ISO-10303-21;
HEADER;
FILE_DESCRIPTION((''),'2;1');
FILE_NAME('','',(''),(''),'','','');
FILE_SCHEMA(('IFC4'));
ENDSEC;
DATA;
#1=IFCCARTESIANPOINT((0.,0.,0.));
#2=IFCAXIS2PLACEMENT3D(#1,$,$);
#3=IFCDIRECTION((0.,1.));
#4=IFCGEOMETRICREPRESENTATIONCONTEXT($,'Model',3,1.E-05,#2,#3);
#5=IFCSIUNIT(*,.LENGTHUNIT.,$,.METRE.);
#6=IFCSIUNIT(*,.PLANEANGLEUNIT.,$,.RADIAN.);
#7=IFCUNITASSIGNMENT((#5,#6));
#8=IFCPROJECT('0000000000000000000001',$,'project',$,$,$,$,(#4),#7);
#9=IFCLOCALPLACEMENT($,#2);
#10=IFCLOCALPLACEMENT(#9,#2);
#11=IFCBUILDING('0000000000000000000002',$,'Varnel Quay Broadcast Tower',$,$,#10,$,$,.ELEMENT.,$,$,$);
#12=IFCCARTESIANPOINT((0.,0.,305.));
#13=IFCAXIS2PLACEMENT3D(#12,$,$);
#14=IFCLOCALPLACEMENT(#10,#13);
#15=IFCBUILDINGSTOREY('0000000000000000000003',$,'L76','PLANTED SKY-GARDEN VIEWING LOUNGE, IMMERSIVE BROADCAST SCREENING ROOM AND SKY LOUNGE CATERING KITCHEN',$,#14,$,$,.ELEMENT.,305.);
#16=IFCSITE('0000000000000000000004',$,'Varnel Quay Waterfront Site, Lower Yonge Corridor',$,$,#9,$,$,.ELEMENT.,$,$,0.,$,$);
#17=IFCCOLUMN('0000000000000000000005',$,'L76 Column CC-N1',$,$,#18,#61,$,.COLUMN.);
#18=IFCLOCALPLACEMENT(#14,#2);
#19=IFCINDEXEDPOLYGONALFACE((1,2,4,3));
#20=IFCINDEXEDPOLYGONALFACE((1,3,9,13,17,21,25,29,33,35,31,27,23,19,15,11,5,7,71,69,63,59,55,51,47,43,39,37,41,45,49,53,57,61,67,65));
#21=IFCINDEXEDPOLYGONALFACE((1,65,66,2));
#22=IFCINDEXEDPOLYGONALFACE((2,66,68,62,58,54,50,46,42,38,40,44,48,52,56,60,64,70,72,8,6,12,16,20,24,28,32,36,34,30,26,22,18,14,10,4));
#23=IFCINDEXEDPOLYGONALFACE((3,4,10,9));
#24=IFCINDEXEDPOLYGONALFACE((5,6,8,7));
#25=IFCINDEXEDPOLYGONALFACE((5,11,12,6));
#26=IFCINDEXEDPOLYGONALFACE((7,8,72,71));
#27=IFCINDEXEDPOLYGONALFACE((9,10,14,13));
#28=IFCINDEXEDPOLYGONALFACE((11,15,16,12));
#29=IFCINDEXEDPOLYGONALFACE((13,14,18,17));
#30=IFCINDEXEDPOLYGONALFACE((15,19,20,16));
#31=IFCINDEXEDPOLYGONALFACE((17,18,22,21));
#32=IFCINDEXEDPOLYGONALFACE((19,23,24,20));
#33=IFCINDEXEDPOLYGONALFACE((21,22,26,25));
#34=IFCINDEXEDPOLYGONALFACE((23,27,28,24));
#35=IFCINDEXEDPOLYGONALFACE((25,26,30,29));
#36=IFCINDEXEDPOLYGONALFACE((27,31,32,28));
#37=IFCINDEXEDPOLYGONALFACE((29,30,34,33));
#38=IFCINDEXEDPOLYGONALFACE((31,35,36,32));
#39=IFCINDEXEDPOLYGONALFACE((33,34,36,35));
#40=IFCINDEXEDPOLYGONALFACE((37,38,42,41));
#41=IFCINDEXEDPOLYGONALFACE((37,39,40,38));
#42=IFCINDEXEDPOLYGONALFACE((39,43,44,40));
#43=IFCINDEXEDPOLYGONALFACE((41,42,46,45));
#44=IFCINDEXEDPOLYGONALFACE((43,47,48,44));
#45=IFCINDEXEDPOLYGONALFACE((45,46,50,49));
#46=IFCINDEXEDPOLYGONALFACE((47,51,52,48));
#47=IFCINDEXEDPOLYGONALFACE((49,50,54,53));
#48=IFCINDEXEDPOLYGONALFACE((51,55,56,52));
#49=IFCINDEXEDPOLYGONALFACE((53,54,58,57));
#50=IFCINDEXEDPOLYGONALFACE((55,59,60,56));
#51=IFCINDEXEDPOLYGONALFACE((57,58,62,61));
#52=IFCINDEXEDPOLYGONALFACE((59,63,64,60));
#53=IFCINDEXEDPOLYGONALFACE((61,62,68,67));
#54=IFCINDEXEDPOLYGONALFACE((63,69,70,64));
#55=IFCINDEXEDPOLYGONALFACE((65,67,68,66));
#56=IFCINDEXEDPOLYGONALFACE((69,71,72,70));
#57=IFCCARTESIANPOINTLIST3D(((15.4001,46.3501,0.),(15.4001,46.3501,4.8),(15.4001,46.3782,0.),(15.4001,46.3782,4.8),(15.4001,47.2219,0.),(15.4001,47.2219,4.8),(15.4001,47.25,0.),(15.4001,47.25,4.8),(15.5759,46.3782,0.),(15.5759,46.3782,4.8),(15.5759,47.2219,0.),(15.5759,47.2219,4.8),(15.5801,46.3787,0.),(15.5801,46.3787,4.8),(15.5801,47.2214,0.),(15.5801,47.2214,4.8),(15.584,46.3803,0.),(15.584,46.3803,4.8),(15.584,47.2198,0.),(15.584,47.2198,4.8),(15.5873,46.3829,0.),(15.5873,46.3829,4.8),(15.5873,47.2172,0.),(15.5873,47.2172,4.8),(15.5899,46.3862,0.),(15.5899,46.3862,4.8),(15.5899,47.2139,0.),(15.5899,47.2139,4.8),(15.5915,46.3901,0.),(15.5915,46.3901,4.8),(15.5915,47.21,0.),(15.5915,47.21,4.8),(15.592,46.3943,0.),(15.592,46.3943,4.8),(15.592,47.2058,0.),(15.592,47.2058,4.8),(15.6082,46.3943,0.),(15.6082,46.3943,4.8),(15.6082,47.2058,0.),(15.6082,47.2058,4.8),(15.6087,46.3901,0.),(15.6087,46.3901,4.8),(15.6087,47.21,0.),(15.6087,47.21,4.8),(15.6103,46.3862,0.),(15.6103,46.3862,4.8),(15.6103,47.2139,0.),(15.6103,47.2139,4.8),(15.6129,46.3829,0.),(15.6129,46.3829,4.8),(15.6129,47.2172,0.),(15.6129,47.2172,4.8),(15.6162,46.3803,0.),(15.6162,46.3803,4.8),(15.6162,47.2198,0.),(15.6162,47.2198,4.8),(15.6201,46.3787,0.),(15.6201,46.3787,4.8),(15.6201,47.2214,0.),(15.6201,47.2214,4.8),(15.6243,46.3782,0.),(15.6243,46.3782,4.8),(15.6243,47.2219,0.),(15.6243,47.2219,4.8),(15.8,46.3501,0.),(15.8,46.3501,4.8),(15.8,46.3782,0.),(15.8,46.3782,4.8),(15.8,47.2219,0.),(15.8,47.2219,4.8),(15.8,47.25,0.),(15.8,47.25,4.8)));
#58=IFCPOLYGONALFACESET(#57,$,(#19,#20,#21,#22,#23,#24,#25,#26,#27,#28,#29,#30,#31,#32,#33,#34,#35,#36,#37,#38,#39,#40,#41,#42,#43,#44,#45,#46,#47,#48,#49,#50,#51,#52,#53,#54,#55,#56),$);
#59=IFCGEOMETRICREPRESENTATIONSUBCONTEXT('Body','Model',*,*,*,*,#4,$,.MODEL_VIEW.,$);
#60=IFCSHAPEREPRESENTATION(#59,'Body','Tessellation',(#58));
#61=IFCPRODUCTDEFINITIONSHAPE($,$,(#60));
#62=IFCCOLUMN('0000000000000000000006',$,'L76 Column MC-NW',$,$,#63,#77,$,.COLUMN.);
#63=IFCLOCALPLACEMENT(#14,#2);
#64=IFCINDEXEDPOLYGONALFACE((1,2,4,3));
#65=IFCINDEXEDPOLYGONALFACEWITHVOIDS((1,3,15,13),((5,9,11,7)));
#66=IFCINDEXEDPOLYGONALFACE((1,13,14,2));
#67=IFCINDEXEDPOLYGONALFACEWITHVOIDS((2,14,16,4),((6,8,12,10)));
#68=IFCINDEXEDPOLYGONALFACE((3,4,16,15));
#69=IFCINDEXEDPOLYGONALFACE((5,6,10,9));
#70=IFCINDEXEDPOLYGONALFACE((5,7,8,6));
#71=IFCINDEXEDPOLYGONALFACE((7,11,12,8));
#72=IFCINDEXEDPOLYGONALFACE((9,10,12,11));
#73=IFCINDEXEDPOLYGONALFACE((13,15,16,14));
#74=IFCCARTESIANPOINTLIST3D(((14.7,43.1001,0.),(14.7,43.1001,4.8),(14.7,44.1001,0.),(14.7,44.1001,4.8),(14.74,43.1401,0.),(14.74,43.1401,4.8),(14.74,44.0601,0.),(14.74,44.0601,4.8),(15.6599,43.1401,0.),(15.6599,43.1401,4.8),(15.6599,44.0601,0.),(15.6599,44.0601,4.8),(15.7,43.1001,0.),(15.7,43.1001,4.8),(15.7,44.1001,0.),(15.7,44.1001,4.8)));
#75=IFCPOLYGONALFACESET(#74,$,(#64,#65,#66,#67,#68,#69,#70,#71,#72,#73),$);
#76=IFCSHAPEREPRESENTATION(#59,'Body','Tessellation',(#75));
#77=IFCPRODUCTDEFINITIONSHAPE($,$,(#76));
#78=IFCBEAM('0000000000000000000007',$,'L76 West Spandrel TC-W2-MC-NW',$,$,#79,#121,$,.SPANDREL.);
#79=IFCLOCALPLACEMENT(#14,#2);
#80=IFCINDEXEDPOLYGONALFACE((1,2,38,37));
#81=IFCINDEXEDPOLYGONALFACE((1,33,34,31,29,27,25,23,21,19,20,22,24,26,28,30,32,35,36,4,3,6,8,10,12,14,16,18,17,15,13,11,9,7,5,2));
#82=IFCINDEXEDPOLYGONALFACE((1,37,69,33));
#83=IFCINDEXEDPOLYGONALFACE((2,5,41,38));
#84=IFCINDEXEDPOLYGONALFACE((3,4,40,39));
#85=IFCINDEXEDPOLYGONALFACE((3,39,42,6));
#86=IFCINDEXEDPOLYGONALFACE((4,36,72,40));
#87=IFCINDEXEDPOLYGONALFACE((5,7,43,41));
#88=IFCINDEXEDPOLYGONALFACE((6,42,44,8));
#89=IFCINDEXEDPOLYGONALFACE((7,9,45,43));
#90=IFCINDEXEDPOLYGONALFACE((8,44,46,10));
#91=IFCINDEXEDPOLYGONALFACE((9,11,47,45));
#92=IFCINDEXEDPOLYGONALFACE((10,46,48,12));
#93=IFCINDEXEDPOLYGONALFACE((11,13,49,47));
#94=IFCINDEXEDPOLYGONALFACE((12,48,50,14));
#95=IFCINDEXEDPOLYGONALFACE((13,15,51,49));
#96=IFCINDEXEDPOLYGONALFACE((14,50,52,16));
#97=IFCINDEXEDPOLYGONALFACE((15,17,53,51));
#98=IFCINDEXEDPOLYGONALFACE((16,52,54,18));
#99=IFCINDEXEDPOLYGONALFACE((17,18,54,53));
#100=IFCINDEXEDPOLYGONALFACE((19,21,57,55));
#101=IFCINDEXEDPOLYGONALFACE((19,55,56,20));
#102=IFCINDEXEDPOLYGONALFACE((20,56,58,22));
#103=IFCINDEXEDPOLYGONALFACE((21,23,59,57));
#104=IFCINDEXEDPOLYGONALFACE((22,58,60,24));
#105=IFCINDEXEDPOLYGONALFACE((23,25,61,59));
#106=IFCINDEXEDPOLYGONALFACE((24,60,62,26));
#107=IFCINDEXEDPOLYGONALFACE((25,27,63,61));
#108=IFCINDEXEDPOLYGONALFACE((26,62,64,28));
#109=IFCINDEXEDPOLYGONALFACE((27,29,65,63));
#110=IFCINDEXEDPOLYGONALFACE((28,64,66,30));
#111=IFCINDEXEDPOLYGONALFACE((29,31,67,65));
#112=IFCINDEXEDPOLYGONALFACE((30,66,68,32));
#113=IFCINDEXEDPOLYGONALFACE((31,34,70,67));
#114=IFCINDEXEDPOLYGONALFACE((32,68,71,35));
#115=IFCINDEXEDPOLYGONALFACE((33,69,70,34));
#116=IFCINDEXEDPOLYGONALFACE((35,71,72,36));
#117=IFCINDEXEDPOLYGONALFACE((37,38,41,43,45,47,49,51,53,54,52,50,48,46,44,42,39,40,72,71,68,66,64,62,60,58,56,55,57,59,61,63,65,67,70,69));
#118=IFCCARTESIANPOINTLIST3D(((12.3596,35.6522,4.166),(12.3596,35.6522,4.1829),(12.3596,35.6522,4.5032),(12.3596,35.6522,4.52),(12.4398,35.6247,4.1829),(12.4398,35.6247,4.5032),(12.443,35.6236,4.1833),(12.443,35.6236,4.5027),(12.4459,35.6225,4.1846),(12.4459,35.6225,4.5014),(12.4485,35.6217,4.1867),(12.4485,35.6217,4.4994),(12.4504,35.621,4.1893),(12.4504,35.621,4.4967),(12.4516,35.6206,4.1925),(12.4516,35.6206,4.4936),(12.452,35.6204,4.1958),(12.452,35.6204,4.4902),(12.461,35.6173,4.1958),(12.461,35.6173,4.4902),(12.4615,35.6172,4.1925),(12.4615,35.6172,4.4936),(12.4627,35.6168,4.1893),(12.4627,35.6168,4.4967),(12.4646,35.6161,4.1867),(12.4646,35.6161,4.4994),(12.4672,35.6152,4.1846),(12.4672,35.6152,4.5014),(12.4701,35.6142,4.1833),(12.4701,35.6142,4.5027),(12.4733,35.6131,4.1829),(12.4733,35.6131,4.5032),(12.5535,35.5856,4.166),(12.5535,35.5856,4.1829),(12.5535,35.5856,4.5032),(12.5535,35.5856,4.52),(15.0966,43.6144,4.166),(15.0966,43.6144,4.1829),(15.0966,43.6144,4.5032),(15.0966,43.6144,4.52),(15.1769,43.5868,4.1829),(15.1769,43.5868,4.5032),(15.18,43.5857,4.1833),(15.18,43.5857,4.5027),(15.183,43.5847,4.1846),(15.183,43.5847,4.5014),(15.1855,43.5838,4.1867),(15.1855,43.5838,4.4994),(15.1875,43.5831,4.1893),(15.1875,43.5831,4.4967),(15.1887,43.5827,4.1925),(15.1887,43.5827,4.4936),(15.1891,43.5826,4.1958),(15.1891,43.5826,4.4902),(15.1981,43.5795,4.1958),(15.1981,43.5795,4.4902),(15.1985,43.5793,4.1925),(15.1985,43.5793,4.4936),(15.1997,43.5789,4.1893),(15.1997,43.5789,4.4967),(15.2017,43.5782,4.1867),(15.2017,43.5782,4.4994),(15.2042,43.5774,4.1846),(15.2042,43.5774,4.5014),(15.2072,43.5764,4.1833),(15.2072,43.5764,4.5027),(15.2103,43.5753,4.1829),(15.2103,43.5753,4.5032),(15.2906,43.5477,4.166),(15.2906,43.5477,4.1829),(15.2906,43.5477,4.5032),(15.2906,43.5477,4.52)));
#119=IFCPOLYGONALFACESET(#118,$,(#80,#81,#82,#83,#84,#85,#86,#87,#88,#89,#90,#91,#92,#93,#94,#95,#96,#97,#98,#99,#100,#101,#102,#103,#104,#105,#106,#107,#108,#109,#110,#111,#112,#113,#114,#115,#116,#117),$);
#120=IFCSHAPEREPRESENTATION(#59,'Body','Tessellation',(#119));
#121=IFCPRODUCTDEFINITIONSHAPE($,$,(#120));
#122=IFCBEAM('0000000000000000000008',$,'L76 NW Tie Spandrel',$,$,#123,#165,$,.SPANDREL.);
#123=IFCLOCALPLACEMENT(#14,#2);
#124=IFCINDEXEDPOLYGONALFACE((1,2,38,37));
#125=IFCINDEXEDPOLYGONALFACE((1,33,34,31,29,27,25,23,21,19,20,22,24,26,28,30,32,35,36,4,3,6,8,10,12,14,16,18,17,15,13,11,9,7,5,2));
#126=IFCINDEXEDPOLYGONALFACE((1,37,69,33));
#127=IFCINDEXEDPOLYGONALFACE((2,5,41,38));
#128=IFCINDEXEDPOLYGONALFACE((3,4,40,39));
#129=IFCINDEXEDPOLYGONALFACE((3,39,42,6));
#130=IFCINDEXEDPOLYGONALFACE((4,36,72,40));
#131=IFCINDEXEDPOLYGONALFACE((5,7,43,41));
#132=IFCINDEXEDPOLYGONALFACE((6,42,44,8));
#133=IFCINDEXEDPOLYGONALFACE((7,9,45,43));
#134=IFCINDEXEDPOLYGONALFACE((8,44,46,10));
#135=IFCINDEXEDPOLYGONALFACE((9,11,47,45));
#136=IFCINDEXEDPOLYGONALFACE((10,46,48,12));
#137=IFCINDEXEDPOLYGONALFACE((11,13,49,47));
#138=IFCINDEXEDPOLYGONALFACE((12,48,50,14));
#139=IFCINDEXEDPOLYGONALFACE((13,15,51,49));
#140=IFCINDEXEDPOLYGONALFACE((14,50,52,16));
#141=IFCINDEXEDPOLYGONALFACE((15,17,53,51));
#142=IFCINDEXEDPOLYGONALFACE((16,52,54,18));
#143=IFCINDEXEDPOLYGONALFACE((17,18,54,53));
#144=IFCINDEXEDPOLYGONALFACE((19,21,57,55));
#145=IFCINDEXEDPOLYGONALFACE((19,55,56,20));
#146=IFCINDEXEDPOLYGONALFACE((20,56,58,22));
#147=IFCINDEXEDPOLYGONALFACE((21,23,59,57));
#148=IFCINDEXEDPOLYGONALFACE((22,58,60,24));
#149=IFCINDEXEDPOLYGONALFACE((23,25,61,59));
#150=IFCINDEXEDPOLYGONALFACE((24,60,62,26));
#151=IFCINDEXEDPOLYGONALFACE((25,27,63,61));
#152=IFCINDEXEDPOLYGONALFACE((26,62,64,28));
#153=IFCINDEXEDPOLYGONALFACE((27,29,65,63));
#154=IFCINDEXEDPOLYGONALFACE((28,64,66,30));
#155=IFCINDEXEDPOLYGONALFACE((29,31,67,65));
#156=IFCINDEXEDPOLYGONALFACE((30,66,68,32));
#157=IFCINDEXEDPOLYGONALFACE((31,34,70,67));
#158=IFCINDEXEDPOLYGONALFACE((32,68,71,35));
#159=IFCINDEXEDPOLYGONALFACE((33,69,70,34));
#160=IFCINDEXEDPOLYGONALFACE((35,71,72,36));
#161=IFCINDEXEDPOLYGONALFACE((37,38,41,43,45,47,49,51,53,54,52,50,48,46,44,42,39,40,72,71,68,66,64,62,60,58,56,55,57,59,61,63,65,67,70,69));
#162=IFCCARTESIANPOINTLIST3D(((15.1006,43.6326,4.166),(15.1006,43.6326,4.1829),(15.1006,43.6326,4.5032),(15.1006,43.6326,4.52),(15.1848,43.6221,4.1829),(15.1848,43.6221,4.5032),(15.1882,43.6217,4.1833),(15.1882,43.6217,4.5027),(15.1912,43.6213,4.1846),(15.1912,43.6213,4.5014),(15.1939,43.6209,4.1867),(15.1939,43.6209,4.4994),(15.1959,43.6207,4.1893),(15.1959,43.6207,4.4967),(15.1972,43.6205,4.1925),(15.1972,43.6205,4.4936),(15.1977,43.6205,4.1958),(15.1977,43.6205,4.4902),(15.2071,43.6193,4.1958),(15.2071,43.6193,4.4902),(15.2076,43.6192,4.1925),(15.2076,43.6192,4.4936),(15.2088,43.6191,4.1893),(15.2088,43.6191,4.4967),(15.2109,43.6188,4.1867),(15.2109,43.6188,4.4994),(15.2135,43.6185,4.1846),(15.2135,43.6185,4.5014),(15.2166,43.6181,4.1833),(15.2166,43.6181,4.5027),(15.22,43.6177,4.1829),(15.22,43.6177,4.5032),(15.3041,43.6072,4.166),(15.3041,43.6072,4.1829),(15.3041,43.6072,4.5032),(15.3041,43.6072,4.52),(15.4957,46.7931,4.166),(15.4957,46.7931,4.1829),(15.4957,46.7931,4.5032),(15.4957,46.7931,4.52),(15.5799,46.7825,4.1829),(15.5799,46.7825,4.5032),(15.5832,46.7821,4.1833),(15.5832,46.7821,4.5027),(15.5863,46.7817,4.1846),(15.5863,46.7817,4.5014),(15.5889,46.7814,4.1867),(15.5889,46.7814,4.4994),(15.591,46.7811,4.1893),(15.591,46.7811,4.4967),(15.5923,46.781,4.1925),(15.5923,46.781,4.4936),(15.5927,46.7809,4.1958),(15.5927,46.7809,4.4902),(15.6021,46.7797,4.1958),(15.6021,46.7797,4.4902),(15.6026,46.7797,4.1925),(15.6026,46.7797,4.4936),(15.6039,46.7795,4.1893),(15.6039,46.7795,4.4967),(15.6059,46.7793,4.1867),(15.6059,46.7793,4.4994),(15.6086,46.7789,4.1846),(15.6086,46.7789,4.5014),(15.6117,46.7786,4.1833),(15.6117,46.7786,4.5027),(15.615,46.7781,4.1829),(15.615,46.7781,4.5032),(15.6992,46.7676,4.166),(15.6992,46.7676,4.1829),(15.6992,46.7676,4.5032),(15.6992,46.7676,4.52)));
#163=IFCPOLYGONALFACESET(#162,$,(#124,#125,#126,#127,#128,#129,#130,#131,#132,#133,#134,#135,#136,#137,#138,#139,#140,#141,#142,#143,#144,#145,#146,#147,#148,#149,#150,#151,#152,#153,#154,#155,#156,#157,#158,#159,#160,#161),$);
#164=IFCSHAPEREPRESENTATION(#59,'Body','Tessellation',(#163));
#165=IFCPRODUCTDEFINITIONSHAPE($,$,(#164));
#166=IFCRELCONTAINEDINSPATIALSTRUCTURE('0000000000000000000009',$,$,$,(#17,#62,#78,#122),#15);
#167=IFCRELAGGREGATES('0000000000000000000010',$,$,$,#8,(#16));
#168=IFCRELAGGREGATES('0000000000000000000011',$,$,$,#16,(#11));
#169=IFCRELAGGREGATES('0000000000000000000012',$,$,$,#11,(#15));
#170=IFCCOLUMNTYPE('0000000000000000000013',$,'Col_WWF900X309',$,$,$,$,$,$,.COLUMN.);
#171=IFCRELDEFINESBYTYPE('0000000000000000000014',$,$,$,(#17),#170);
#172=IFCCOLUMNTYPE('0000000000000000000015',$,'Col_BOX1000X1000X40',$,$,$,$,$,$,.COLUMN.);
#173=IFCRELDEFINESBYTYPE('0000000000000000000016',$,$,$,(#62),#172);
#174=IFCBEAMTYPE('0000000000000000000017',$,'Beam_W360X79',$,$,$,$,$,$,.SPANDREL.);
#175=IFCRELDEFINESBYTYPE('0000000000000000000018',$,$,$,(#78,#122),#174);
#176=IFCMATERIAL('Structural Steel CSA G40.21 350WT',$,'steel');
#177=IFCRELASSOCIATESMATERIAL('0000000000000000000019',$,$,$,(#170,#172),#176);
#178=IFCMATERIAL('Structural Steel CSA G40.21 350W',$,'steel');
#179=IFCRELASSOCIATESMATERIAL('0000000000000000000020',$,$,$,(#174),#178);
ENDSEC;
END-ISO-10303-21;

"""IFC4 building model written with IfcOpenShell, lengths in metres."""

from ifc_helpers import new_model, si_unit, direction, frame, origin, origin_2d, place, context, subcontext, project, spatial, hollow_rectangle, i_section, extrude, source, transform, mapped, material, material_profile, profile_set, type_object, type_shapes, element, save


model = new_model("IFC4")

# Units and contexts
model_context = context("Model", 3, precision=1e-05, world=origin(), true_north=direction((0.0, 1.0)))
body_context = subcontext(model_context, "Body", "Model", "MODEL_VIEW")
ifc_project = project(units=[si_unit("LENGTHUNIT", "METRE"), si_unit("PLANEANGLEUNIT", "RADIAN")], contexts=[model_context])

# Site, building, storey
site_placement = place(None, origin())
site = spatial("IfcSite", under=ifc_project, at=site_placement, Name="Varnel Quay Waterfront Site, Lower Yonge Corridor", CompositionType="ELEMENT", RefElevation=0.0)
building_placement = place(site_placement, origin())
building = spatial("IfcBuilding", under=site, at=building_placement, Name="Varnel Quay Broadcast Tower", CompositionType="ELEMENT")
storey_placement = place(building_placement, frame((0.0, 0.0, 305.0)))
storey = spatial("IfcBuildingStorey", under=building, at=storey_placement, Name="L76", Description="PLANTED SKY-GARDEN VIEWING LOUNGE, IMMERSIVE BROADCAST SCREENING ROOM AND SKY LOUNGE CATERING KITCHEN", CompositionType="ELEMENT", Elevation=305.0)

# Columns
ifc_material_1 = material(Name="Structural Steel CSA G40.21 350WT", Category="steel")
ifc_material_profile_1 = material_profile(ifc_material_1, i_section(OverallWidth=0.3999, OverallDepth=0.8999, WebThickness=0.0161, FlangeThickness=0.0281, FilletRadius=0.0161, at=origin_2d()), Name="WWF900X309")
ifc_profile_set_1 = profile_set([ifc_material_profile_1], Name="Structural Steel CSA G40.21 350WT")
column_type_1 = type_object("IfcColumnType", Name="Col_WWF900X309", PredefinedType="COLUMN", material=ifc_profile_set_1)
shared_shape_1 = source(origin(), body_context, "Body", "SweptSolid", [
    extrude(i_section(OverallWidth=0.3999, OverallDepth=0.8999, WebThickness=0.0161, FlangeThickness=0.0281, FilletRadius=0.0161, at=origin_2d()), origin(), (0.0, 0.0, 1.0), 4.8),
])
type_shapes(column_type_1, [shared_shape_1])
column_1_placement = place(storey_placement, frame((15.6001, 46.8, 0.0), z_axis=(0.0, 0.0, 1.0), x_axis=(1.0, 0.0, 0.0)))
element("IfcColumn", 1, at=column_1_placement, inside=storey, type_object=column_type_1, Name="L76 Column CC-N1", PredefinedType="COLUMN", context=body_context, shape_type="MappedRepresentation", body=[
    mapped(shared_shape_1, transform((0.0, 0.0, 0.0), x_axis=(1.0, 0.0, 0.0), y_axis=(0.0, 1.0, 0.0), z_axis=(0.0, 0.0, 1.0), scale=1.0)),
])
ifc_material_profile_2 = material_profile(ifc_material_1, hollow_rectangle(XDim=1.0, YDim=1.0, WallThickness=0.04, at=origin_2d()), Name="BOX1000X1000X40")
ifc_profile_set_2 = profile_set([ifc_material_profile_2], Name="Structural Steel CSA G40.21 350WT")
column_type_2 = type_object("IfcColumnType", Name="Col_BOX1000X1000X40", PredefinedType="COLUMN", material=ifc_profile_set_2)
shared_shape_2 = source(origin(), body_context, "Body", "SweptSolid", [
    extrude(hollow_rectangle(XDim=1.0, YDim=1.0, WallThickness=0.04, at=origin_2d()), origin(), (0.0, 0.0, 1.0), 4.8),
])
type_shapes(column_type_2, [shared_shape_2])
column_2_placement = place(storey_placement, frame((15.2, 43.6001, 0.0), z_axis=(0.0, 0.0, 1.0), x_axis=(1.0, 0.0, 0.0)))
element("IfcColumn", 2, at=column_2_placement, inside=storey, type_object=column_type_2, Name="L76 Column MC-NW", PredefinedType="COLUMN", context=body_context, shape_type="MappedRepresentation", body=[
    mapped(shared_shape_2, transform((0.0, 0.0, 0.0), x_axis=(1.0, 0.0, 0.0), y_axis=(0.0, 1.0, 0.0), z_axis=(0.0, 0.0, 1.0), scale=1.0)),
])

# Beams
ifc_material_2 = material(Name="Structural Steel CSA G40.21 350W", Category="steel")
ifc_material_profile_3 = material_profile(ifc_material_2, i_section(OverallWidth=0.2051, OverallDepth=0.354, WebThickness=0.0095, FlangeThickness=0.0168, FilletRadius=0.0129, at=origin_2d()), Name="W360X79")
ifc_profile_set_3 = profile_set([ifc_material_profile_3], Name="Structural Steel CSA G40.21 350W")
beam_type = type_object("IfcBeamType", Name="Beam_W360X79", PredefinedType="SPANDREL", material=ifc_profile_set_3)
shared_shape_3 = source(origin(), body_context, "Body", "SweptSolid", [
    extrude(i_section(OverallWidth=0.2051, OverallDepth=0.354, WebThickness=0.0095, FlangeThickness=0.0168, FilletRadius=0.0129, at=origin_2d()), origin(), (0.0, 0.0, 1.0), 8.4194),
])
beam_1_placement = place(storey_placement, frame((12.4565, 35.6189, 4.343), z_axis=(0.325087, 0.945684, 0.0), x_axis=(-0.945684, 0.325087, 0.0)))
element("IfcBeam", 3, at=beam_1_placement, inside=storey, type_object=beam_type, Name="L76 West Spandrel TC-W2-MC-NW", PredefinedType="SPANDREL", context=body_context, shape_type="MappedRepresentation", body=[
    mapped(shared_shape_3, transform((0.0, 0.0, 0.0), x_axis=(1.0, 0.0, 0.0), y_axis=(0.0, 1.0, 0.0), z_axis=(0.0, 0.0, 1.0), scale=1.0)),
])
shared_shape_4 = source(origin(), body_context, "Body", "SweptSolid", [
    extrude(i_section(OverallWidth=0.2051, OverallDepth=0.354, WebThickness=0.0095, FlangeThickness=0.0168, FilletRadius=0.0129, at=origin_2d()), origin(), (0.0, 0.0, 1.0), 3.1851),
])
type_shapes(beam_type, [shared_shape_3, shared_shape_4])
beam_2_placement = place(storey_placement, frame((15.2024, 43.6199, 4.343), z_axis=(0.124025, 0.992279, 0.0), x_axis=(-0.992279, 0.124025, 0.0)))
element("IfcBeam", 4, at=beam_2_placement, inside=storey, type_object=beam_type, Name="L76 NW Tie Spandrel", PredefinedType="SPANDREL", context=body_context, shape_type="MappedRepresentation", body=[
    mapped(shared_shape_4, transform((0.0, 0.0, 0.0), x_axis=(1.0, 0.0, 0.0), y_axis=(0.0, 1.0, 0.0), z_axis=(0.0, 0.0, 1.0), scale=1.0)),
])

save(model, "model.ifc")
